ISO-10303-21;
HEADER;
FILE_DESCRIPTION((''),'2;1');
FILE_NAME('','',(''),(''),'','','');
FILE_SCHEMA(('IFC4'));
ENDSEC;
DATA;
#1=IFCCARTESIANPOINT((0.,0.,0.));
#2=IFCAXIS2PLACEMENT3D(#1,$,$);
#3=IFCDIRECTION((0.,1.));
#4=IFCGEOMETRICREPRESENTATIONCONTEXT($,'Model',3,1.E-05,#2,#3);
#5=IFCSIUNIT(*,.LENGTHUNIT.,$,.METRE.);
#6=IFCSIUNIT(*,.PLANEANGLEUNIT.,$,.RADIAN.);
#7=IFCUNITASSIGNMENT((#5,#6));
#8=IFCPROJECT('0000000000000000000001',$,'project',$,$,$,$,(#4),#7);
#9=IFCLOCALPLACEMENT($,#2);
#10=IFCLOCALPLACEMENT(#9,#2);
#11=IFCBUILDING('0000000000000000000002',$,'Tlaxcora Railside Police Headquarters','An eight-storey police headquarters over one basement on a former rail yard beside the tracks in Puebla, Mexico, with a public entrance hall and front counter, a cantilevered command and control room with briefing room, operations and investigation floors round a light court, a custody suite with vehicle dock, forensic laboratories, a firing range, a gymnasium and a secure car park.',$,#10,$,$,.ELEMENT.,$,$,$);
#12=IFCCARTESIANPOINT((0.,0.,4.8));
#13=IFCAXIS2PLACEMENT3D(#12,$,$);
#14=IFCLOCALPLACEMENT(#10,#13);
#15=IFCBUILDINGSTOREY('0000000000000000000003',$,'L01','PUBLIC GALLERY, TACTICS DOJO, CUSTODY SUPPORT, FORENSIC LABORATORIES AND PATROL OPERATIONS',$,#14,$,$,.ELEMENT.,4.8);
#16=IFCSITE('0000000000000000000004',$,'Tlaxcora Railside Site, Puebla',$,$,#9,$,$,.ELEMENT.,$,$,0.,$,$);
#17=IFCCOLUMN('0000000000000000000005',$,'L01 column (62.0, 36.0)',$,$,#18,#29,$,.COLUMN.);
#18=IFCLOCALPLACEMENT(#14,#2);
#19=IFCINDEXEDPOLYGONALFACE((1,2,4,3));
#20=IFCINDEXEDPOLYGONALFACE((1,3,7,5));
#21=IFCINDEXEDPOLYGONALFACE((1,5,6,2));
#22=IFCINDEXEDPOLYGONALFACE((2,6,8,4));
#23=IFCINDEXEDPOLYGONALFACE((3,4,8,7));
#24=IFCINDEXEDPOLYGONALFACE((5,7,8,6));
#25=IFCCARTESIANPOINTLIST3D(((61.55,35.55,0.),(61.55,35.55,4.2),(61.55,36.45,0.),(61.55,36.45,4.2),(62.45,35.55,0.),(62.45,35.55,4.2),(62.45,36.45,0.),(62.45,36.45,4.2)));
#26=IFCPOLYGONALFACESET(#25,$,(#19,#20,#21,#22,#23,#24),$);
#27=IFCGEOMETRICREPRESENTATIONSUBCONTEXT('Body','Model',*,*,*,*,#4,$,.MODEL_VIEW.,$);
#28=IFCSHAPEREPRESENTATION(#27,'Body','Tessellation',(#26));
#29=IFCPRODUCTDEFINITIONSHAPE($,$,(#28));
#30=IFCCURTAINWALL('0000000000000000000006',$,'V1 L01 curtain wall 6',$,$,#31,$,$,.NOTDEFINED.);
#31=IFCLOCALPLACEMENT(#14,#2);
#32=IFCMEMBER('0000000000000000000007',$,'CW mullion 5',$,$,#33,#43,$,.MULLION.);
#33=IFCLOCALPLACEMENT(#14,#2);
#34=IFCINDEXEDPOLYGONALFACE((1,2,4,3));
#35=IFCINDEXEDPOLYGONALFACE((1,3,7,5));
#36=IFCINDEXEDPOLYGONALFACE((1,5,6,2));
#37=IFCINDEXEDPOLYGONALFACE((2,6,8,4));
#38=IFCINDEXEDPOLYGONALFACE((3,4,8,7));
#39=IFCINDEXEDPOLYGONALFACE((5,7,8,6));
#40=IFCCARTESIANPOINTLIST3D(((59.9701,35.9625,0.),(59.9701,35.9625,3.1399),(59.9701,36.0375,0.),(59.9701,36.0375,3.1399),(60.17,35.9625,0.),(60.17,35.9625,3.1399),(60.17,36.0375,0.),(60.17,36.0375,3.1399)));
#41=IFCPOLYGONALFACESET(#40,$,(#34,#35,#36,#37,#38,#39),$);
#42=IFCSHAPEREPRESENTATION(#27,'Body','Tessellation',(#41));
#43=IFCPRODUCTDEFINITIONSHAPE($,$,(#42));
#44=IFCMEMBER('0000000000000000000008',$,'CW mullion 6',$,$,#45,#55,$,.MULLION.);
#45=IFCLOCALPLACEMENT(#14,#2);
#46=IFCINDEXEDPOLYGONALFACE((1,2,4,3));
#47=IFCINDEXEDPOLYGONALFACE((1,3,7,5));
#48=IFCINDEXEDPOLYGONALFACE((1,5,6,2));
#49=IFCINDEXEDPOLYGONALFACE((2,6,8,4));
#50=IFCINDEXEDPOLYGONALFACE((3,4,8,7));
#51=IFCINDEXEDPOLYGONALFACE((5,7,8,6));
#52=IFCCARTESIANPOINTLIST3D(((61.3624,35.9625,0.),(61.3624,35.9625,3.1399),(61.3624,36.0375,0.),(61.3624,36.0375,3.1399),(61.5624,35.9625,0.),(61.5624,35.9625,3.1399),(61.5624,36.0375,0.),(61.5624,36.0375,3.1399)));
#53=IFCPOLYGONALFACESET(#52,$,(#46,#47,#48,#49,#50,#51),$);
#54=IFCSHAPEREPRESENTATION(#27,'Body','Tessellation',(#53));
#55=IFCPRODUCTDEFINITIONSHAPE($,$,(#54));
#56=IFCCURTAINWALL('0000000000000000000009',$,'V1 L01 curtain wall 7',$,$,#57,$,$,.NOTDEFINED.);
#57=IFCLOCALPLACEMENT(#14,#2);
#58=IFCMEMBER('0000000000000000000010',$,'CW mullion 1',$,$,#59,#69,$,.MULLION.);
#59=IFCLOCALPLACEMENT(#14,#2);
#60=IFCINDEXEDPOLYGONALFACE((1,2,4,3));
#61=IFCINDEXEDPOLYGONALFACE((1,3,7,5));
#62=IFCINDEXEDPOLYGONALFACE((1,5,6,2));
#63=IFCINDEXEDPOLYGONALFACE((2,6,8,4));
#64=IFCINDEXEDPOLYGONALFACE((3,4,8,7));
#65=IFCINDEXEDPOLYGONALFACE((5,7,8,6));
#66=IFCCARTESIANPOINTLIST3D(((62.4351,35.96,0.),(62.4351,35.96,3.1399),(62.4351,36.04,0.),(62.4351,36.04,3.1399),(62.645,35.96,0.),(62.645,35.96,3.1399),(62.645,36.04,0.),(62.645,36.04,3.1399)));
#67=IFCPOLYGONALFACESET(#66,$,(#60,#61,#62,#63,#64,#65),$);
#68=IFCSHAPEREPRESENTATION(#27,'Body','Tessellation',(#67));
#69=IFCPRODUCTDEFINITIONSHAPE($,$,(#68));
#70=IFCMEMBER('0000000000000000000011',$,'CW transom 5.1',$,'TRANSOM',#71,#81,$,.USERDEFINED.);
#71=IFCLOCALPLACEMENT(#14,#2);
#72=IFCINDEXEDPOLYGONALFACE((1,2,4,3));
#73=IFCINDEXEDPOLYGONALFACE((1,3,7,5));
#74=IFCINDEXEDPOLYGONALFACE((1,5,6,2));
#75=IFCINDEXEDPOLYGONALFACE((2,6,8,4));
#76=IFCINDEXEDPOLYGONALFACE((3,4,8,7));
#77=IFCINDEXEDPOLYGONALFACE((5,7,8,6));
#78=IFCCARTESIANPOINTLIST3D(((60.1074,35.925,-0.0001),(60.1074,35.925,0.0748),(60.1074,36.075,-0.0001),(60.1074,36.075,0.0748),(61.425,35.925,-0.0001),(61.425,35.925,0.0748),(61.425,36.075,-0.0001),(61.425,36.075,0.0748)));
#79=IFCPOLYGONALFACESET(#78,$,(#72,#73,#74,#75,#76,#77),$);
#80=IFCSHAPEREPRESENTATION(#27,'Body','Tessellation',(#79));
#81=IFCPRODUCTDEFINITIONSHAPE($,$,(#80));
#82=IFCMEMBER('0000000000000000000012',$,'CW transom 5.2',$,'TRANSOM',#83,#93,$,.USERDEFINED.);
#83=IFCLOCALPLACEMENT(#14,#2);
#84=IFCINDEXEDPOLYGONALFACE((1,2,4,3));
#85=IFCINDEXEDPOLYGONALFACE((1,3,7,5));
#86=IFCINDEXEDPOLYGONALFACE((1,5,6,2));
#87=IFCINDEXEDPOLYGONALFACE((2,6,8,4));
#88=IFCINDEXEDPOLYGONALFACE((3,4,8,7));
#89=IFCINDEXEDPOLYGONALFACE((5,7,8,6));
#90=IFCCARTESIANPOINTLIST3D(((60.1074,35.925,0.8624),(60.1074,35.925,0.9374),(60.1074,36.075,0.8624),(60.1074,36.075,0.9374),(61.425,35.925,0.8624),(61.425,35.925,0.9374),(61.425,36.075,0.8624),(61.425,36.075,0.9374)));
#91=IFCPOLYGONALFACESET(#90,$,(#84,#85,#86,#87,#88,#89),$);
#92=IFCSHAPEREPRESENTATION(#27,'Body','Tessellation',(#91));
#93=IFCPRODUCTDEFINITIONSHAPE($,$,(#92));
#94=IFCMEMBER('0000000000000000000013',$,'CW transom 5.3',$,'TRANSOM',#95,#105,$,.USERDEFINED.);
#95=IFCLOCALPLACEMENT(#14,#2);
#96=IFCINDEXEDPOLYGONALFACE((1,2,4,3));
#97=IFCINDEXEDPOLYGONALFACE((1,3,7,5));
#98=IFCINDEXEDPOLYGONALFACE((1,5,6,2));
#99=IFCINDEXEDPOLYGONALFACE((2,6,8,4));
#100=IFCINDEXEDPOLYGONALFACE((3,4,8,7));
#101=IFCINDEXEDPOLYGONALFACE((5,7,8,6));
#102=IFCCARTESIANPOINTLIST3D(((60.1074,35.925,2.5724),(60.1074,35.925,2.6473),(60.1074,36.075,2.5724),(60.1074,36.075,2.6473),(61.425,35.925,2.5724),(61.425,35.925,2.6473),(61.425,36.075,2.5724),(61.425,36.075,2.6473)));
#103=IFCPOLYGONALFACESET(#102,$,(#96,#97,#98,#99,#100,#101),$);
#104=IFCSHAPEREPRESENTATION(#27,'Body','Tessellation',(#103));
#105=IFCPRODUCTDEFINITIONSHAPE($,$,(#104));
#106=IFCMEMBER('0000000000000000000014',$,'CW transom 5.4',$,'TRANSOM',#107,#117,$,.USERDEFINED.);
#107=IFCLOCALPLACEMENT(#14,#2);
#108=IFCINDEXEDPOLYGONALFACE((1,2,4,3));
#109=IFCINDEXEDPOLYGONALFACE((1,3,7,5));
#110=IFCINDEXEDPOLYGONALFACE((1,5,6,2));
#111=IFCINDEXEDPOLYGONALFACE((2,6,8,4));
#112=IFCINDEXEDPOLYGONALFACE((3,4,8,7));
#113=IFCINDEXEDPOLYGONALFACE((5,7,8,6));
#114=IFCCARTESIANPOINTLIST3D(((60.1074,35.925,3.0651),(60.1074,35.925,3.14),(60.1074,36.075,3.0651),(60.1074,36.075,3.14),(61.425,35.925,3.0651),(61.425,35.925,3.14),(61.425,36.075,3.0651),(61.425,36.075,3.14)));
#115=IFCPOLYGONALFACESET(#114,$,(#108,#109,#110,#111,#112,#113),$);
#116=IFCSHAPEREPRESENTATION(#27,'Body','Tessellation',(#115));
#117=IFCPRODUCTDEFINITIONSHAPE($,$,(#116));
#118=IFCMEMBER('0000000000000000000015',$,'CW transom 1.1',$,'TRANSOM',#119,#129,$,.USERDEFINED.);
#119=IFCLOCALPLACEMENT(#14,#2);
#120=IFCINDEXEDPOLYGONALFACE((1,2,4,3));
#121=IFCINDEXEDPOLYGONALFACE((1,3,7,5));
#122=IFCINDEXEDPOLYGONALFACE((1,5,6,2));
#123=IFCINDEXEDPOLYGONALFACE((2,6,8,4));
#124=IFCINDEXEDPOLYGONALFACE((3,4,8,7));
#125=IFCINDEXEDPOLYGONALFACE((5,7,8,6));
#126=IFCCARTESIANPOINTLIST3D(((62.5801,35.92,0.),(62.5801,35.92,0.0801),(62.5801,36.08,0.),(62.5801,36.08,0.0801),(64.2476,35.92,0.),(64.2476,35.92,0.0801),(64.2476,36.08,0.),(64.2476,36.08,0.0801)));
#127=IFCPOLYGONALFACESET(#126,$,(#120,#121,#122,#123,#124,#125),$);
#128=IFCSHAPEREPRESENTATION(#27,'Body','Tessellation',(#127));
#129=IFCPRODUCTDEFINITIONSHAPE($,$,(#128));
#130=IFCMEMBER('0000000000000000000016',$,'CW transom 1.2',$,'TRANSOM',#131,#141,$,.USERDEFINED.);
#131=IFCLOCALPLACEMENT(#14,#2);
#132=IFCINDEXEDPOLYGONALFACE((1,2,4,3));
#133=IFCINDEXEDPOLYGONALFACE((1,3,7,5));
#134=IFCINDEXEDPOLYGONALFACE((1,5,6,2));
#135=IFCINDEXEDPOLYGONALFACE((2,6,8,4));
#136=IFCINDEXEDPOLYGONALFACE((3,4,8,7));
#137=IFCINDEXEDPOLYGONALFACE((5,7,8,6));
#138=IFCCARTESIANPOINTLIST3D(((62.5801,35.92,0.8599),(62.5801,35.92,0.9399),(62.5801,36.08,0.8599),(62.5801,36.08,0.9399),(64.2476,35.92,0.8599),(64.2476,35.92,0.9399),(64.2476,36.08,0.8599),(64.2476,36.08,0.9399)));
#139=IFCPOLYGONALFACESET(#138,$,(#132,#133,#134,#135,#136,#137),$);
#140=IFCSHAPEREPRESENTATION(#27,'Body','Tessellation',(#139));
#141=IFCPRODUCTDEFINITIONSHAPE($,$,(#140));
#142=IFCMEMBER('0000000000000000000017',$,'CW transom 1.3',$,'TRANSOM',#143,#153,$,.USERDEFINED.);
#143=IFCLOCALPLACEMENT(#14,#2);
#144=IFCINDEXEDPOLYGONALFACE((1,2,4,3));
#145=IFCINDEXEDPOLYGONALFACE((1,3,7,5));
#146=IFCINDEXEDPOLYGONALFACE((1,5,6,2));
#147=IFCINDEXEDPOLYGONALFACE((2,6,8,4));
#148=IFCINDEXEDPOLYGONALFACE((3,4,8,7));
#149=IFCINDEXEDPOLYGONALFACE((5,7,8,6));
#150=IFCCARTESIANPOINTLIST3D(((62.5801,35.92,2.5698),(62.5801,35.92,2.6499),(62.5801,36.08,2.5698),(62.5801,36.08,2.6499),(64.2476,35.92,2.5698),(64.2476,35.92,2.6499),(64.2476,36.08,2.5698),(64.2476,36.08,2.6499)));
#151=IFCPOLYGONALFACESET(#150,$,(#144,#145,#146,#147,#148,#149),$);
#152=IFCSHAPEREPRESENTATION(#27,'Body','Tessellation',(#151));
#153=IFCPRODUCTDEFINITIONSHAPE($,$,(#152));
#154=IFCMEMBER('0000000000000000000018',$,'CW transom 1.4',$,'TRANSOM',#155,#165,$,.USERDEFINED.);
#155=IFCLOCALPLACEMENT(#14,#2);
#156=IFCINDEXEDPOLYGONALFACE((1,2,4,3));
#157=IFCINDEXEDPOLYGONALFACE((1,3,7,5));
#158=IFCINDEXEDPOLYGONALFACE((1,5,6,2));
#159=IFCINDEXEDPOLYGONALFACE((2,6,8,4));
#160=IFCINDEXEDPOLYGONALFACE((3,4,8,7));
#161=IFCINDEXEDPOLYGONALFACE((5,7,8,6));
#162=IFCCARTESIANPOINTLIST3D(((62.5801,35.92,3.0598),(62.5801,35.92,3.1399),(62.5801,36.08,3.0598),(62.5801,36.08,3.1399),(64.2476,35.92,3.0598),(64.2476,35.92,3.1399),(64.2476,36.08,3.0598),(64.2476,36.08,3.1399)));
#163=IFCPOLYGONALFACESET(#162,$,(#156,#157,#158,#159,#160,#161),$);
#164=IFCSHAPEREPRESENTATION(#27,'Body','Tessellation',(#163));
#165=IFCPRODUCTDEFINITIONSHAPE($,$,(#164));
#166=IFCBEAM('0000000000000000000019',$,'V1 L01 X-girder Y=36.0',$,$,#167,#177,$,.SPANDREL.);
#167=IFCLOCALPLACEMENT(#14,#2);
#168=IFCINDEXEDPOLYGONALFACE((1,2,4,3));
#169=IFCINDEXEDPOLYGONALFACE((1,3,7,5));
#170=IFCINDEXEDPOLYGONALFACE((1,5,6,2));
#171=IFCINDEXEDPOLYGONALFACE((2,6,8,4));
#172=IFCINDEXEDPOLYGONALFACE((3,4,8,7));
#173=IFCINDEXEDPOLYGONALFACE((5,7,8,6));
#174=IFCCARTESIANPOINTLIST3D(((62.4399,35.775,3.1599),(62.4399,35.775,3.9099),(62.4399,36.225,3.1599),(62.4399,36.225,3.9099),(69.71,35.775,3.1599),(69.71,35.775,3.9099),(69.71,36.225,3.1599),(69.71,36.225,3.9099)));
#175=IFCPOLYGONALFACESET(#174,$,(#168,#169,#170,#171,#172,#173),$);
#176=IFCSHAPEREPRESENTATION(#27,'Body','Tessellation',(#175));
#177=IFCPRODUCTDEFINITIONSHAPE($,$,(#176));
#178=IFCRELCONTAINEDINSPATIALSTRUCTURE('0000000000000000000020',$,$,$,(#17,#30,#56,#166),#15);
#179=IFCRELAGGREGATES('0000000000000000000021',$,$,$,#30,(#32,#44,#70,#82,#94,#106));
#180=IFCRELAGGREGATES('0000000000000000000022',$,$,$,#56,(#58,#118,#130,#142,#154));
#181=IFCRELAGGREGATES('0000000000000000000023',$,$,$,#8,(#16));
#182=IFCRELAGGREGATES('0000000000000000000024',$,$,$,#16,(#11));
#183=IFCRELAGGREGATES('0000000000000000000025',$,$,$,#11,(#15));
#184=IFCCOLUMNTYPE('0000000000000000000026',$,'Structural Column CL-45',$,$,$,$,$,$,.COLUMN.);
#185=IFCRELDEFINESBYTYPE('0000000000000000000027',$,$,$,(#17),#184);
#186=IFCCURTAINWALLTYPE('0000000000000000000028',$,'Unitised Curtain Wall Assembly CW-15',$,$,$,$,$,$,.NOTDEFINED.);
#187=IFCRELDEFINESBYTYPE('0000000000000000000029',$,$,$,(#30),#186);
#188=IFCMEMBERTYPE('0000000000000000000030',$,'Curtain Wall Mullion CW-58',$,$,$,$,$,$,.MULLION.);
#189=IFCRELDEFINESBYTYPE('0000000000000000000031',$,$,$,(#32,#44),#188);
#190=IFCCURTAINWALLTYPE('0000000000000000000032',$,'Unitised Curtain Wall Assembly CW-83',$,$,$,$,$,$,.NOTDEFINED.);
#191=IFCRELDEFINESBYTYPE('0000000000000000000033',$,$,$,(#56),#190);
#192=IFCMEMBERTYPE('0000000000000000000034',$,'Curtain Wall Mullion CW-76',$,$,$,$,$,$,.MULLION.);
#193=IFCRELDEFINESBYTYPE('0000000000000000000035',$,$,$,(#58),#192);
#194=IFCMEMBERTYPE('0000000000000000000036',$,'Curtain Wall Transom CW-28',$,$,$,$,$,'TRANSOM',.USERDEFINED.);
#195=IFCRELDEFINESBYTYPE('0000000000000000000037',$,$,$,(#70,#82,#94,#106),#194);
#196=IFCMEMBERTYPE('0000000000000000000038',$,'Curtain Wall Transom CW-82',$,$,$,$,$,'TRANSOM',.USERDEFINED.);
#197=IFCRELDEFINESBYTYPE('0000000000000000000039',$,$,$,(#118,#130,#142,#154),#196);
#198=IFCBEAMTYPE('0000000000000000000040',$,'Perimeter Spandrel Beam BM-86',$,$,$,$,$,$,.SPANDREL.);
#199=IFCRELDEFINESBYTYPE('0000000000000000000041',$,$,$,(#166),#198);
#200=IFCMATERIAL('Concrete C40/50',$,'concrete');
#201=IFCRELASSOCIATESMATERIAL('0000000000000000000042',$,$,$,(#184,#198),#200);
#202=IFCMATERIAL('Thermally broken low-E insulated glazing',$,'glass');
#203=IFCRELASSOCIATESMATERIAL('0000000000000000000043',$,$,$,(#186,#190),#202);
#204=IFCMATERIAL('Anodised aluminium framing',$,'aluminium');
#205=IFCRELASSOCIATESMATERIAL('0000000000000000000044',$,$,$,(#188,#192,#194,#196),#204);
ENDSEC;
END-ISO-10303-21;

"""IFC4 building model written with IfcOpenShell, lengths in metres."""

from ifc_helpers import new_model, si_unit, direction, frame, origin, origin_2d, place, context, subcontext, project, spatial, rectangle, extrude, material, material_profile, profile_set, type_object, element, aggregate, save


model = new_model("IFC4")

# Units and contexts
model_context = context("Model", 3, precision=1e-05, world=origin(), true_north=direction((0.0, 1.0)))
body_context = subcontext(model_context, "Body", "Model", "MODEL_VIEW")
ifc_project = project(units=[si_unit("LENGTHUNIT", "METRE"), si_unit("PLANEANGLEUNIT", "RADIAN")], contexts=[model_context])

# Site, building, storey
site_placement = place(None, origin())
site = spatial("IfcSite", under=ifc_project, at=site_placement, Name="Tlaxcora Railside Site, Puebla", CompositionType="ELEMENT", RefElevation=0.0)
building_placement = place(site_placement, origin())
building = spatial("IfcBuilding", under=site, at=building_placement, Name="Tlaxcora Railside Police Headquarters", Description="An eight-storey police headquarters over one basement on a former rail yard beside the tracks in Puebla, Mexico, with a public entrance hall and front counter, a cantilevered command and control room with briefing room, operations and investigation floors round a light court, a custody suite with vehicle dock, forensic laboratories, a firing range, a gymnasium and a secure car park.", CompositionType="ELEMENT")
storey_placement = place(building_placement, frame((0.0, 0.0, 4.8)))
storey = spatial("IfcBuildingStorey", under=building, at=storey_placement, Name="L01", Description="PUBLIC GALLERY, TACTICS DOJO, CUSTODY SUPPORT, FORENSIC LABORATORIES AND PATROL OPERATIONS", CompositionType="ELEMENT", Elevation=4.8)

# Column
ifc_material_1 = material(Name="Concrete C40/50", Category="concrete")
ifc_material_profile_1 = material_profile(ifc_material_1, rectangle(XDim=0.8999, YDim=0.8999, at=origin_2d()), Name="RC900X900")
ifc_profile_set_1 = profile_set([ifc_material_profile_1], Name="Concrete C40/50")
column_type = type_object("IfcColumnType", Name="Structural Column CL-45", PredefinedType="COLUMN", material=ifc_profile_set_1)
column_placement = place(storey_placement, frame((62.0, 36.0, 0.0), z_axis=(0.0, 0.0, 1.0), x_axis=(1.0, 0.0, 0.0)))
element("IfcColumn", 1, at=column_placement, inside=storey, type_object=column_type, Name="L01 column (62.0, 36.0)", PredefinedType="COLUMN", context=body_context, shape_type="SweptSolid", body=[
    extrude(rectangle(XDim=0.8999, YDim=0.8999, at=origin_2d()), origin(), (0.0, 0.0, 1.0), 4.2),
])

# Curtain wall, members
ifc_material_2 = material(Name="Thermally broken low-E insulated glazing", Category="glass")
curtain_wall_type_1 = type_object("IfcCurtainWallType", Name="Unitised Curtain Wall Assembly CW-15", PredefinedType="NOTDEFINED", material=ifc_material_2)
curtain_wall_1_placement = place(storey_placement, origin())
curtain_wall_1 = element("IfcCurtainWall", 2, at=curtain_wall_1_placement, inside=storey, type_object=curtain_wall_type_1, Name="V1 L01 curtain wall 6", PredefinedType="NOTDEFINED")
ifc_material_3 = material(Name="Anodised aluminium framing", Category="aluminium")
ifc_material_profile_2 = material_profile(ifc_material_3, rectangle(XDim=0.075, YDim=0.2, at=origin_2d()), Name="AL75X200")
ifc_profile_set_2 = profile_set([ifc_material_profile_2], Name="Anodised aluminium framing")
member_type_1 = type_object("IfcMemberType", Name="Curtain Wall Mullion CW-58", PredefinedType="MULLION", material=ifc_profile_set_2)
member_1_placement = place(storey_placement, frame((60.0701, 36.0, 0.0), z_axis=(0.0, 0.0, 1.0), x_axis=(0.0, 1.0, 0.0)))
member_1 = element("IfcMember", 3, at=member_1_placement, type_object=member_type_1, Name="CW mullion 5", PredefinedType="MULLION", context=body_context, shape_type="SweptSolid", body=[
    extrude(rectangle(XDim=0.075, YDim=0.2, at=origin_2d()), origin(), (0.0, 0.0, 1.0), 3.1399),
])
member_2_placement = place(storey_placement, frame((61.4624, 36.0, 0.0), z_axis=(0.0, 0.0, 1.0), x_axis=(0.0, 1.0, 0.0)))
member_2 = element("IfcMember", 4, at=member_2_placement, type_object=member_type_1, Name="CW mullion 6", PredefinedType="MULLION", context=body_context, shape_type="SweptSolid", body=[
    extrude(rectangle(XDim=0.075, YDim=0.2, at=origin_2d()), origin(), (0.0, 0.0, 1.0), 3.1399),
])

# Curtain wall, member
curtain_wall_type_2 = type_object("IfcCurtainWallType", Name="Unitised Curtain Wall Assembly CW-83", PredefinedType="NOTDEFINED", material=ifc_material_2)
curtain_wall_2_placement = place(storey_placement, origin())
curtain_wall_2 = element("IfcCurtainWall", 5, at=curtain_wall_2_placement, inside=storey, type_object=curtain_wall_type_2, Name="V1 L01 curtain wall 7", PredefinedType="NOTDEFINED")
ifc_material_profile_3 = material_profile(ifc_material_3, rectangle(XDim=0.0801, YDim=0.21, at=origin_2d()), Name="AL80X210")
ifc_profile_set_3 = profile_set([ifc_material_profile_3], Name="Anodised aluminium framing")
member_type_2 = type_object("IfcMemberType", Name="Curtain Wall Mullion CW-76", PredefinedType="MULLION", material=ifc_profile_set_3)
member_3_placement = place(storey_placement, frame((62.54, 36.0, 0.0), z_axis=(0.0, 0.0, 1.0), x_axis=(0.0, 1.0, 0.0)))
member_3 = element("IfcMember", 6, at=member_3_placement, type_object=member_type_2, Name="CW mullion 1", PredefinedType="MULLION", context=body_context, shape_type="SweptSolid", body=[
    extrude(rectangle(XDim=0.0801, YDim=0.21, at=origin_2d()), origin(), (0.0, 0.0, 1.0), 3.1399),
])

# Members
ifc_material_profile_4 = material_profile(ifc_material_3, rectangle(XDim=0.1499, YDim=0.075, at=origin_2d()), Name="AL75X150")
ifc_profile_set_4 = profile_set([ifc_material_profile_4], Name="Anodised aluminium framing")
member_type_3 = type_object("IfcMemberType", Name="Curtain Wall Transom CW-28", ElementType="TRANSOM", PredefinedType="USERDEFINED", material=ifc_profile_set_4)
member_4_placement = place(storey_placement, frame((60.1074, 36.0, 0.0374), z_axis=(1.0, 0.0, 0.0), x_axis=(0.0, 1.0, 0.0)))
member_4 = element("IfcMember", 7, at=member_4_placement, type_object=member_type_3, Name="CW transom 5.1", ObjectType="TRANSOM", PredefinedType="USERDEFINED", context=body_context, shape_type="SweptSolid", body=[
    extrude(rectangle(XDim=0.1499, YDim=0.075, at=origin_2d()), origin(), (0.0, 0.0, 1.0), 1.3176),
])
member_5_placement = place(storey_placement, frame((60.1074, 36.0, 0.8999), z_axis=(1.0, 0.0, 0.0), x_axis=(0.0, 1.0, 0.0)))
member_5 = element("IfcMember", 8, at=member_5_placement, type_object=member_type_3, Name="CW transom 5.2", ObjectType="TRANSOM", PredefinedType="USERDEFINED", context=body_context, shape_type="SweptSolid", body=[
    extrude(rectangle(XDim=0.1499, YDim=0.075, at=origin_2d()), origin(), (0.0, 0.0, 1.0), 1.3176),
])
member_6_placement = place(storey_placement, frame((60.1074, 36.0, 2.6099), z_axis=(1.0, 0.0, 0.0), x_axis=(0.0, 1.0, 0.0)))
member_6 = element("IfcMember", 9, at=member_6_placement, type_object=member_type_3, Name="CW transom 5.3", ObjectType="TRANSOM", PredefinedType="USERDEFINED", context=body_context, shape_type="SweptSolid", body=[
    extrude(rectangle(XDim=0.1499, YDim=0.075, at=origin_2d()), origin(), (0.0, 0.0, 1.0), 1.3176),
])
member_7_placement = place(storey_placement, frame((60.1074, 36.0, 3.1025), z_axis=(1.0, 0.0, 0.0), x_axis=(0.0, 1.0, 0.0)))
member_7 = element("IfcMember", 10, at=member_7_placement, type_object=member_type_3, Name="CW transom 5.4", ObjectType="TRANSOM", PredefinedType="USERDEFINED", context=body_context, shape_type="SweptSolid", body=[
    extrude(rectangle(XDim=0.1499, YDim=0.075, at=origin_2d()), origin(), (0.0, 0.0, 1.0), 1.3176),
])
ifc_material_profile_5 = material_profile(ifc_material_3, rectangle(XDim=0.1599, YDim=0.0801, at=origin_2d()), Name="AL80X160")
ifc_profile_set_5 = profile_set([ifc_material_profile_5], Name="Anodised aluminium framing")
member_type_4 = type_object("IfcMemberType", Name="Curtain Wall Transom CW-82", ElementType="TRANSOM", PredefinedType="USERDEFINED", material=ifc_profile_set_5)
member_8_placement = place(storey_placement, frame((62.5801, 36.0, 0.04), z_axis=(1.0, 0.0, 0.0), x_axis=(0.0, 1.0, 0.0)))
member_8 = element("IfcMember", 11, at=member_8_placement, type_object=member_type_4, Name="CW transom 1.1", ObjectType="TRANSOM", PredefinedType="USERDEFINED", context=body_context, shape_type="SweptSolid", body=[
    extrude(rectangle(XDim=0.1599, YDim=0.0801, at=origin_2d()), origin(), (0.0, 0.0, 1.0), 1.6675),
])
member_9_placement = place(storey_placement, frame((62.5801, 36.0, 0.8999), z_axis=(1.0, 0.0, 0.0), x_axis=(0.0, 1.0, 0.0)))
member_9 = element("IfcMember", 12, at=member_9_placement, type_object=member_type_4, Name="CW transom 1.2", ObjectType="TRANSOM", PredefinedType="USERDEFINED", context=body_context, shape_type="SweptSolid", body=[
    extrude(rectangle(XDim=0.1599, YDim=0.0801, at=origin_2d()), origin(), (0.0, 0.0, 1.0), 1.6675),
])
member_10_placement = place(storey_placement, frame((62.5801, 36.0, 2.6099), z_axis=(1.0, 0.0, 0.0), x_axis=(0.0, 1.0, 0.0)))
member_10 = element("IfcMember", 13, at=member_10_placement, type_object=member_type_4, Name="CW transom 1.3", ObjectType="TRANSOM", PredefinedType="USERDEFINED", context=body_context, shape_type="SweptSolid", body=[
    extrude(rectangle(XDim=0.1599, YDim=0.0801, at=origin_2d()), origin(), (0.0, 0.0, 1.0), 1.6675),
])
member_11_placement = place(storey_placement, frame((62.5801, 36.0, 3.0999), z_axis=(1.0, 0.0, 0.0), x_axis=(0.0, 1.0, 0.0)))
member_11 = element("IfcMember", 14, at=member_11_placement, type_object=member_type_4, Name="CW transom 1.4", ObjectType="TRANSOM", PredefinedType="USERDEFINED", context=body_context, shape_type="SweptSolid", body=[
    extrude(rectangle(XDim=0.1599, YDim=0.0801, at=origin_2d()), origin(), (0.0, 0.0, 1.0), 1.6675),
])

# Beam
ifc_material_profile_6 = material_profile(ifc_material_1, rectangle(XDim=0.45, YDim=0.75, at=origin_2d()), Name="RC450X750")
ifc_profile_set_6 = profile_set([ifc_material_profile_6], Name="Concrete C40/50")
beam_type = type_object("IfcBeamType", Name="Perimeter Spandrel Beam BM-86", PredefinedType="SPANDREL", material=ifc_profile_set_6)
beam_placement = place(storey_placement, frame((62.4399, 36.0, 3.5349), z_axis=(1.0, 0.0, 0.0), x_axis=(0.0, 1.0, 0.0)))
element("IfcBeam", 15, at=beam_placement, inside=storey, type_object=beam_type, Name="V1 L01 X-girder Y=36.0", PredefinedType="SPANDREL", context=body_context, shape_type="SweptSolid", body=[
    extrude(rectangle(XDim=0.45, YDim=0.75, at=origin_2d()), origin(), (0.0, 0.0, 1.0), 7.27),
])

aggregate(curtain_wall_1, [member_1, member_2, member_4, member_5, member_6, member_7])
aggregate(curtain_wall_2, [member_3, member_8, member_9, member_10, member_11])

save(model, "model.ifc")
